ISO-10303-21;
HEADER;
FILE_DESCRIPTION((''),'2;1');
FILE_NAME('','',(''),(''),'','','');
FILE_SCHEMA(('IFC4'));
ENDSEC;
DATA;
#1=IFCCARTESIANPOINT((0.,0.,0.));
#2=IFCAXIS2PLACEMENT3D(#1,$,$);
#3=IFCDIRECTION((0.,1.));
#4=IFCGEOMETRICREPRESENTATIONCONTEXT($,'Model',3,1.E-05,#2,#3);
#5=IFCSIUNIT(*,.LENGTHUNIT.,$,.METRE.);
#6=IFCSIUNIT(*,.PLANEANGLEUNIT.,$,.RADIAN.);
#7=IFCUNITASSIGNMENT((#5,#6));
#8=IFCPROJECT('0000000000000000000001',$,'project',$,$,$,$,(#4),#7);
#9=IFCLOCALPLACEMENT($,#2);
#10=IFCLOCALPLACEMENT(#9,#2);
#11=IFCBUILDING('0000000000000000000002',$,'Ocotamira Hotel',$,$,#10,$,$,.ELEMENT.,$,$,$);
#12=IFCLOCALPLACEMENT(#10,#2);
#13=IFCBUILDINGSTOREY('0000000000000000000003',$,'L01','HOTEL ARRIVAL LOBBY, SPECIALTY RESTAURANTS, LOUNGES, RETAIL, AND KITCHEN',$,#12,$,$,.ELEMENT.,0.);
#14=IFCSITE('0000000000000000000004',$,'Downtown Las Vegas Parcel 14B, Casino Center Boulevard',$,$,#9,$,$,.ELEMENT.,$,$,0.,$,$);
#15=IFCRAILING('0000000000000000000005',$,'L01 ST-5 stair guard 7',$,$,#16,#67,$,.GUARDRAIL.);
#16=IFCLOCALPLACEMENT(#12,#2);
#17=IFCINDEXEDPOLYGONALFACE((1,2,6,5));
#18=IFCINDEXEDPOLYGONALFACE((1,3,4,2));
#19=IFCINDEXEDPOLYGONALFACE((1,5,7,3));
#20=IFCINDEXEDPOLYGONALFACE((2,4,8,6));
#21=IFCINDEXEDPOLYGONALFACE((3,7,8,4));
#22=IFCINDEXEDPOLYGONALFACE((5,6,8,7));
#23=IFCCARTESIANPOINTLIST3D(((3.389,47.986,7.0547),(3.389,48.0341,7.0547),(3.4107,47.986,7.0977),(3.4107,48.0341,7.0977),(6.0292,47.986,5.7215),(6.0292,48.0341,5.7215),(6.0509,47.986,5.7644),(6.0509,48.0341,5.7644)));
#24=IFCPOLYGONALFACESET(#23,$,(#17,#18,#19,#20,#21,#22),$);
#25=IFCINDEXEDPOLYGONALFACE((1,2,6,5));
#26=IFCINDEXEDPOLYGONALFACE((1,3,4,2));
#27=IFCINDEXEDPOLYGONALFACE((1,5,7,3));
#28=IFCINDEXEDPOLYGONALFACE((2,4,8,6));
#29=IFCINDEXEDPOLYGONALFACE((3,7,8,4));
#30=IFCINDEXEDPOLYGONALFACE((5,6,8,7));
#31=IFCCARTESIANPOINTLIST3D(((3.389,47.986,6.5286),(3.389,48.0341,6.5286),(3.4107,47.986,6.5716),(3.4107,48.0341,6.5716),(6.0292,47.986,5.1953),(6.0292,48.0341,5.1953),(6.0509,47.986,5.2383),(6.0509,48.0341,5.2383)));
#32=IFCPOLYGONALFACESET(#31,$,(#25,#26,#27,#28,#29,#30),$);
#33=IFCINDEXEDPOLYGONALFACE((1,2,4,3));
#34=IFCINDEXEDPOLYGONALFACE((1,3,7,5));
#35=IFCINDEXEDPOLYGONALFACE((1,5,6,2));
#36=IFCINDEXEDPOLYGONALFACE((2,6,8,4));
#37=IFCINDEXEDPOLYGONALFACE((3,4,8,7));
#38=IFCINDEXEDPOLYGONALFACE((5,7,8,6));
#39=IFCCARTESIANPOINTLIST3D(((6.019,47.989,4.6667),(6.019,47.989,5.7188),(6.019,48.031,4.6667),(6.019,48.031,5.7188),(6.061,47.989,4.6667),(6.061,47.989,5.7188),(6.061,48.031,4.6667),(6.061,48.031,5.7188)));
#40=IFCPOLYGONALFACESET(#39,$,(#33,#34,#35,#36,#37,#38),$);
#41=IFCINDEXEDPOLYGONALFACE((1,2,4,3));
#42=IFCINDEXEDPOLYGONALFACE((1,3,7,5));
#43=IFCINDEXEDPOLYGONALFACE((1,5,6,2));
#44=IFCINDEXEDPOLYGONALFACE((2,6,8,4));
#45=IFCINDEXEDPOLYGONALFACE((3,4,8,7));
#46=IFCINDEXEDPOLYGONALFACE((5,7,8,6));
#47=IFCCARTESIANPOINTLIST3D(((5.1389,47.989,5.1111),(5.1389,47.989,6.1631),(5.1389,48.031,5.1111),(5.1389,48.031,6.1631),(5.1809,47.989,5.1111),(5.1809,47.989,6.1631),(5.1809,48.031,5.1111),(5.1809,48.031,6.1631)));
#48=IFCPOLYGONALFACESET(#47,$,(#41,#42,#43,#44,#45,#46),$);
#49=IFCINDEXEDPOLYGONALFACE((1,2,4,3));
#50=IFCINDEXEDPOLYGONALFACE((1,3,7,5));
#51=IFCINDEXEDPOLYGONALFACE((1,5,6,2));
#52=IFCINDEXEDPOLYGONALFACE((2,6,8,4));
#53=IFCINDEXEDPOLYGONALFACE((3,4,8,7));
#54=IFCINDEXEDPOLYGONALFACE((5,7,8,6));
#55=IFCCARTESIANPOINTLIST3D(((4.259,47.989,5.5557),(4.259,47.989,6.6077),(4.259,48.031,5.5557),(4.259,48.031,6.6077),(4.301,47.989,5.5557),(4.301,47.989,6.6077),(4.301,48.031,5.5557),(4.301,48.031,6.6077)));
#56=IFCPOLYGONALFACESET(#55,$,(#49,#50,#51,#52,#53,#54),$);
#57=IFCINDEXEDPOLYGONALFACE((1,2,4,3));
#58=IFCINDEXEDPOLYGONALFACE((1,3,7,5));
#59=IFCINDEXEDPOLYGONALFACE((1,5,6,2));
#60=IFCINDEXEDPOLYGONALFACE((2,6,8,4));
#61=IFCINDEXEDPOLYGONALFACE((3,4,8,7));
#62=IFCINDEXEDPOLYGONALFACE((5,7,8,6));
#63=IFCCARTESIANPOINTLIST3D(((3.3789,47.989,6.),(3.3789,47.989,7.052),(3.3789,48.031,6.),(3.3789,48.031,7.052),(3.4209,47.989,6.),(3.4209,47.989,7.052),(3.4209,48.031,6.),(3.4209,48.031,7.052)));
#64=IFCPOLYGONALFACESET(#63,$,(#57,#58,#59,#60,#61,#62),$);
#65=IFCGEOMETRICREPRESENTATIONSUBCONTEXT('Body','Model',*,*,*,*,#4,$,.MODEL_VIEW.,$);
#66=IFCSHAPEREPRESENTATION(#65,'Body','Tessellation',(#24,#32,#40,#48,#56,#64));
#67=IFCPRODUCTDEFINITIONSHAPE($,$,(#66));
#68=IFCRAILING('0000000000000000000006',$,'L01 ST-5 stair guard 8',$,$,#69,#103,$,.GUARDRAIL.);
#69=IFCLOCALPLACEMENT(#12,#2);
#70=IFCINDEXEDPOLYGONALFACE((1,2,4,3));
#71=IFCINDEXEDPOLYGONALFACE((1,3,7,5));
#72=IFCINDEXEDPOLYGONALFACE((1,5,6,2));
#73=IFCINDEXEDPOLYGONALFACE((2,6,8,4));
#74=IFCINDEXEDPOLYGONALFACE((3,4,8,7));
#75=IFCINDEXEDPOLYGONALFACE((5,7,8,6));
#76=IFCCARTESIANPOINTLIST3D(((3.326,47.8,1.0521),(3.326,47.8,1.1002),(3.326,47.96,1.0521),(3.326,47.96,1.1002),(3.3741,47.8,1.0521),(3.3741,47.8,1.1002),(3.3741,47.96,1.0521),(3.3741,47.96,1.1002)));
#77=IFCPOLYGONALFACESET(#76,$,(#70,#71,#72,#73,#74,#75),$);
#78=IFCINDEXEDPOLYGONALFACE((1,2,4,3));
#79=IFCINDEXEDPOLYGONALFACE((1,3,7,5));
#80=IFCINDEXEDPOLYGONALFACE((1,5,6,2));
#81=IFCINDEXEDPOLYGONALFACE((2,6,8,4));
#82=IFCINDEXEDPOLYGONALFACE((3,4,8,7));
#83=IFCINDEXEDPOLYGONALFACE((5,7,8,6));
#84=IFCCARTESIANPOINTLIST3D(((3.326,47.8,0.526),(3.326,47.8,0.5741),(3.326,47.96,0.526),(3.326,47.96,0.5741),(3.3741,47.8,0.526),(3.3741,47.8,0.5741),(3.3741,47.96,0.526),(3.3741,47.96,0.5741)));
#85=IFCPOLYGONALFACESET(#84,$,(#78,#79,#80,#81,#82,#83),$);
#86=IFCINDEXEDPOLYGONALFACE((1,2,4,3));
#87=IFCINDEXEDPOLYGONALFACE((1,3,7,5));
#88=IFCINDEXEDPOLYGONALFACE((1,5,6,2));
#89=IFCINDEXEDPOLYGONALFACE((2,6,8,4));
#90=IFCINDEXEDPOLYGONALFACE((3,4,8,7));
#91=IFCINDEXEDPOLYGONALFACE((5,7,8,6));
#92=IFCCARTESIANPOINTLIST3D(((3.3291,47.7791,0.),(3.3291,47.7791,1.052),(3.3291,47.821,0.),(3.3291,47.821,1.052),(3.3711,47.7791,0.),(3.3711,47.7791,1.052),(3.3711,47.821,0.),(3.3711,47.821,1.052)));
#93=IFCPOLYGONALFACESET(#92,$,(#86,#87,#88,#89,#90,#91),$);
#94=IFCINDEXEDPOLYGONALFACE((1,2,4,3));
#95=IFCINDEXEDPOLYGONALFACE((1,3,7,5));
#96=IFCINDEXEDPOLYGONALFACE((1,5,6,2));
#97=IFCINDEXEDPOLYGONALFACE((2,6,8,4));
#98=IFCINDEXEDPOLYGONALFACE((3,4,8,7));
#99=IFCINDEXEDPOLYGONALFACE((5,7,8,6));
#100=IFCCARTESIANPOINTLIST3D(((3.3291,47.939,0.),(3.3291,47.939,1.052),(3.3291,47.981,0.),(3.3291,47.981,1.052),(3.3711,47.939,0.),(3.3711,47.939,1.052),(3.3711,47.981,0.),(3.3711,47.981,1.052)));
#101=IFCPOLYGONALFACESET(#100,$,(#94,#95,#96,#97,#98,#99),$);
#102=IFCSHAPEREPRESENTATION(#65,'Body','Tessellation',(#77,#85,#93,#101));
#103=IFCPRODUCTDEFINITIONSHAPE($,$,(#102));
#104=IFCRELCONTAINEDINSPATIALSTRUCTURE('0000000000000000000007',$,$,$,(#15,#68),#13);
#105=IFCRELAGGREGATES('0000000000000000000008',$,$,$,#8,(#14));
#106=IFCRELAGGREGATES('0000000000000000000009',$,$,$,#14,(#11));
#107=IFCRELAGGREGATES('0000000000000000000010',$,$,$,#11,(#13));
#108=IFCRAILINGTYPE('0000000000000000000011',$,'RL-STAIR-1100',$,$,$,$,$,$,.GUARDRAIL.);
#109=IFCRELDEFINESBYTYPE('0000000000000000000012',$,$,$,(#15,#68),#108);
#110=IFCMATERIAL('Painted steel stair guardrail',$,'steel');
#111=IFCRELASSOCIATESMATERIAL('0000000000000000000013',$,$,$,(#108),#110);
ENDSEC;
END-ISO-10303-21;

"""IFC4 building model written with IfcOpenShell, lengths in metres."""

from ifc_helpers import new_model, si_unit, direction, frame, origin, origin_2d, place, context, subcontext, project, spatial, rectangle, extrude, material, type_object, element, save


model = new_model("IFC4")

# Units and contexts
model_context = context("Model", 3, precision=1e-05, world=origin(), true_north=direction((0.0, 1.0)))
body_context = subcontext(model_context, "Body", "Model", "MODEL_VIEW")
ifc_project = project(units=[si_unit("LENGTHUNIT", "METRE"), si_unit("PLANEANGLEUNIT", "RADIAN")], contexts=[model_context])

# Site, building, storey
site_placement = place(None, origin())
site = spatial("IfcSite", under=ifc_project, at=site_placement, Name="Downtown Las Vegas Parcel 14B, Casino Center Boulevard", CompositionType="ELEMENT", RefElevation=0.0)
building_placement = place(site_placement, origin())
building = spatial("IfcBuilding", under=site, at=building_placement, Name="Ocotamira Hotel", CompositionType="ELEMENT")
storey_placement = place(building_placement, origin())
storey = spatial("IfcBuildingStorey", under=building, at=storey_placement, Name="L01", Description="HOTEL ARRIVAL LOBBY, SPECIALTY RESTAURANTS, LOUNGES, RETAIL, AND KITCHEN", CompositionType="ELEMENT", Elevation=0.0)

# Railings
ifc_material_1 = material(Name="Painted steel stair guardrail", Category="steel")
railing_type_1 = type_object("IfcRailingType", Name="RL-STAIR-1100", PredefinedType="GUARDRAIL", material=ifc_material_1)
railing_1_placement = place(storey_placement, frame((6.04, 48.01, 4.6667)))
element("IfcRailing", 1, at=railing_1_placement, inside=storey, type_object=railing_type_1, Name="L01 ST-5 stair guard 7", PredefinedType="GUARDRAIL", context=body_context, shape_type="SweptSolid", body=[
    extrude(rectangle(XDim=0.0481, YDim=0.0481, at=origin_2d()), frame((0.0, 0.0, 1.0762), z_axis=(-0.892637, 0.0, 0.450776), x_axis=(0.0, -1.0, 0.0)), (0.0, 0.0, 1.0), 2.9578),
    extrude(rectangle(XDim=0.0481, YDim=0.0481, at=origin_2d()), frame((0.0, 0.0, 0.55), z_axis=(-0.892637, 0.0, 0.450776), x_axis=(0.0, -1.0, 0.0)), (0.0, 0.0, 1.0), 2.9578),
    extrude(rectangle(XDim=0.042, YDim=0.042, at=origin_2d()), origin(), (0.0, 0.0, 1.0), 1.052),
    extrude(rectangle(XDim=0.042, YDim=0.042, at=origin_2d()), frame((-0.8801, 0.0, 0.4443)), (0.0, 0.0, 1.0), 1.052),
    extrude(rectangle(XDim=0.042, YDim=0.042, at=origin_2d()), frame((-1.76, 0.0, 0.8889)), (0.0, 0.0, 1.0), 1.052),
    extrude(rectangle(XDim=0.042, YDim=0.042, at=origin_2d()), frame((-2.6401, 0.0, 1.3333)), (0.0, 0.0, 1.0), 1.052),
])
railing_2_placement = place(storey_placement, frame((3.3501, 47.8, 0.0)))
element("IfcRailing", 2, at=railing_2_placement, inside=storey, type_object=railing_type_1, Name="L01 ST-5 stair guard 8", PredefinedType="GUARDRAIL", context=body_context, shape_type="SweptSolid", body=[
    extrude(rectangle(XDim=0.0481, YDim=0.0481, at=origin_2d()), frame((0.0, 0.0, 1.0762), z_axis=(0.0, 1.0, 0.0), x_axis=(-1.0, 0.0, 0.0)), (0.0, 0.0, 1.0), 0.1599),
    extrude(rectangle(XDim=0.0481, YDim=0.0481, at=origin_2d()), frame((0.0, 0.0, 0.55), z_axis=(0.0, 1.0, 0.0), x_axis=(-1.0, 0.0, 0.0)), (0.0, 0.0, 1.0), 0.1599),
    extrude(rectangle(XDim=0.042, YDim=0.042, at=origin_2d()), origin(), (0.0, 0.0, 1.0), 1.052),
    extrude(rectangle(XDim=0.042, YDim=0.042, at=origin_2d()), frame((0.0, 0.1599, 0.0)), (0.0, 0.0, 1.0), 1.052),
])

save(model, "model.ifc")
